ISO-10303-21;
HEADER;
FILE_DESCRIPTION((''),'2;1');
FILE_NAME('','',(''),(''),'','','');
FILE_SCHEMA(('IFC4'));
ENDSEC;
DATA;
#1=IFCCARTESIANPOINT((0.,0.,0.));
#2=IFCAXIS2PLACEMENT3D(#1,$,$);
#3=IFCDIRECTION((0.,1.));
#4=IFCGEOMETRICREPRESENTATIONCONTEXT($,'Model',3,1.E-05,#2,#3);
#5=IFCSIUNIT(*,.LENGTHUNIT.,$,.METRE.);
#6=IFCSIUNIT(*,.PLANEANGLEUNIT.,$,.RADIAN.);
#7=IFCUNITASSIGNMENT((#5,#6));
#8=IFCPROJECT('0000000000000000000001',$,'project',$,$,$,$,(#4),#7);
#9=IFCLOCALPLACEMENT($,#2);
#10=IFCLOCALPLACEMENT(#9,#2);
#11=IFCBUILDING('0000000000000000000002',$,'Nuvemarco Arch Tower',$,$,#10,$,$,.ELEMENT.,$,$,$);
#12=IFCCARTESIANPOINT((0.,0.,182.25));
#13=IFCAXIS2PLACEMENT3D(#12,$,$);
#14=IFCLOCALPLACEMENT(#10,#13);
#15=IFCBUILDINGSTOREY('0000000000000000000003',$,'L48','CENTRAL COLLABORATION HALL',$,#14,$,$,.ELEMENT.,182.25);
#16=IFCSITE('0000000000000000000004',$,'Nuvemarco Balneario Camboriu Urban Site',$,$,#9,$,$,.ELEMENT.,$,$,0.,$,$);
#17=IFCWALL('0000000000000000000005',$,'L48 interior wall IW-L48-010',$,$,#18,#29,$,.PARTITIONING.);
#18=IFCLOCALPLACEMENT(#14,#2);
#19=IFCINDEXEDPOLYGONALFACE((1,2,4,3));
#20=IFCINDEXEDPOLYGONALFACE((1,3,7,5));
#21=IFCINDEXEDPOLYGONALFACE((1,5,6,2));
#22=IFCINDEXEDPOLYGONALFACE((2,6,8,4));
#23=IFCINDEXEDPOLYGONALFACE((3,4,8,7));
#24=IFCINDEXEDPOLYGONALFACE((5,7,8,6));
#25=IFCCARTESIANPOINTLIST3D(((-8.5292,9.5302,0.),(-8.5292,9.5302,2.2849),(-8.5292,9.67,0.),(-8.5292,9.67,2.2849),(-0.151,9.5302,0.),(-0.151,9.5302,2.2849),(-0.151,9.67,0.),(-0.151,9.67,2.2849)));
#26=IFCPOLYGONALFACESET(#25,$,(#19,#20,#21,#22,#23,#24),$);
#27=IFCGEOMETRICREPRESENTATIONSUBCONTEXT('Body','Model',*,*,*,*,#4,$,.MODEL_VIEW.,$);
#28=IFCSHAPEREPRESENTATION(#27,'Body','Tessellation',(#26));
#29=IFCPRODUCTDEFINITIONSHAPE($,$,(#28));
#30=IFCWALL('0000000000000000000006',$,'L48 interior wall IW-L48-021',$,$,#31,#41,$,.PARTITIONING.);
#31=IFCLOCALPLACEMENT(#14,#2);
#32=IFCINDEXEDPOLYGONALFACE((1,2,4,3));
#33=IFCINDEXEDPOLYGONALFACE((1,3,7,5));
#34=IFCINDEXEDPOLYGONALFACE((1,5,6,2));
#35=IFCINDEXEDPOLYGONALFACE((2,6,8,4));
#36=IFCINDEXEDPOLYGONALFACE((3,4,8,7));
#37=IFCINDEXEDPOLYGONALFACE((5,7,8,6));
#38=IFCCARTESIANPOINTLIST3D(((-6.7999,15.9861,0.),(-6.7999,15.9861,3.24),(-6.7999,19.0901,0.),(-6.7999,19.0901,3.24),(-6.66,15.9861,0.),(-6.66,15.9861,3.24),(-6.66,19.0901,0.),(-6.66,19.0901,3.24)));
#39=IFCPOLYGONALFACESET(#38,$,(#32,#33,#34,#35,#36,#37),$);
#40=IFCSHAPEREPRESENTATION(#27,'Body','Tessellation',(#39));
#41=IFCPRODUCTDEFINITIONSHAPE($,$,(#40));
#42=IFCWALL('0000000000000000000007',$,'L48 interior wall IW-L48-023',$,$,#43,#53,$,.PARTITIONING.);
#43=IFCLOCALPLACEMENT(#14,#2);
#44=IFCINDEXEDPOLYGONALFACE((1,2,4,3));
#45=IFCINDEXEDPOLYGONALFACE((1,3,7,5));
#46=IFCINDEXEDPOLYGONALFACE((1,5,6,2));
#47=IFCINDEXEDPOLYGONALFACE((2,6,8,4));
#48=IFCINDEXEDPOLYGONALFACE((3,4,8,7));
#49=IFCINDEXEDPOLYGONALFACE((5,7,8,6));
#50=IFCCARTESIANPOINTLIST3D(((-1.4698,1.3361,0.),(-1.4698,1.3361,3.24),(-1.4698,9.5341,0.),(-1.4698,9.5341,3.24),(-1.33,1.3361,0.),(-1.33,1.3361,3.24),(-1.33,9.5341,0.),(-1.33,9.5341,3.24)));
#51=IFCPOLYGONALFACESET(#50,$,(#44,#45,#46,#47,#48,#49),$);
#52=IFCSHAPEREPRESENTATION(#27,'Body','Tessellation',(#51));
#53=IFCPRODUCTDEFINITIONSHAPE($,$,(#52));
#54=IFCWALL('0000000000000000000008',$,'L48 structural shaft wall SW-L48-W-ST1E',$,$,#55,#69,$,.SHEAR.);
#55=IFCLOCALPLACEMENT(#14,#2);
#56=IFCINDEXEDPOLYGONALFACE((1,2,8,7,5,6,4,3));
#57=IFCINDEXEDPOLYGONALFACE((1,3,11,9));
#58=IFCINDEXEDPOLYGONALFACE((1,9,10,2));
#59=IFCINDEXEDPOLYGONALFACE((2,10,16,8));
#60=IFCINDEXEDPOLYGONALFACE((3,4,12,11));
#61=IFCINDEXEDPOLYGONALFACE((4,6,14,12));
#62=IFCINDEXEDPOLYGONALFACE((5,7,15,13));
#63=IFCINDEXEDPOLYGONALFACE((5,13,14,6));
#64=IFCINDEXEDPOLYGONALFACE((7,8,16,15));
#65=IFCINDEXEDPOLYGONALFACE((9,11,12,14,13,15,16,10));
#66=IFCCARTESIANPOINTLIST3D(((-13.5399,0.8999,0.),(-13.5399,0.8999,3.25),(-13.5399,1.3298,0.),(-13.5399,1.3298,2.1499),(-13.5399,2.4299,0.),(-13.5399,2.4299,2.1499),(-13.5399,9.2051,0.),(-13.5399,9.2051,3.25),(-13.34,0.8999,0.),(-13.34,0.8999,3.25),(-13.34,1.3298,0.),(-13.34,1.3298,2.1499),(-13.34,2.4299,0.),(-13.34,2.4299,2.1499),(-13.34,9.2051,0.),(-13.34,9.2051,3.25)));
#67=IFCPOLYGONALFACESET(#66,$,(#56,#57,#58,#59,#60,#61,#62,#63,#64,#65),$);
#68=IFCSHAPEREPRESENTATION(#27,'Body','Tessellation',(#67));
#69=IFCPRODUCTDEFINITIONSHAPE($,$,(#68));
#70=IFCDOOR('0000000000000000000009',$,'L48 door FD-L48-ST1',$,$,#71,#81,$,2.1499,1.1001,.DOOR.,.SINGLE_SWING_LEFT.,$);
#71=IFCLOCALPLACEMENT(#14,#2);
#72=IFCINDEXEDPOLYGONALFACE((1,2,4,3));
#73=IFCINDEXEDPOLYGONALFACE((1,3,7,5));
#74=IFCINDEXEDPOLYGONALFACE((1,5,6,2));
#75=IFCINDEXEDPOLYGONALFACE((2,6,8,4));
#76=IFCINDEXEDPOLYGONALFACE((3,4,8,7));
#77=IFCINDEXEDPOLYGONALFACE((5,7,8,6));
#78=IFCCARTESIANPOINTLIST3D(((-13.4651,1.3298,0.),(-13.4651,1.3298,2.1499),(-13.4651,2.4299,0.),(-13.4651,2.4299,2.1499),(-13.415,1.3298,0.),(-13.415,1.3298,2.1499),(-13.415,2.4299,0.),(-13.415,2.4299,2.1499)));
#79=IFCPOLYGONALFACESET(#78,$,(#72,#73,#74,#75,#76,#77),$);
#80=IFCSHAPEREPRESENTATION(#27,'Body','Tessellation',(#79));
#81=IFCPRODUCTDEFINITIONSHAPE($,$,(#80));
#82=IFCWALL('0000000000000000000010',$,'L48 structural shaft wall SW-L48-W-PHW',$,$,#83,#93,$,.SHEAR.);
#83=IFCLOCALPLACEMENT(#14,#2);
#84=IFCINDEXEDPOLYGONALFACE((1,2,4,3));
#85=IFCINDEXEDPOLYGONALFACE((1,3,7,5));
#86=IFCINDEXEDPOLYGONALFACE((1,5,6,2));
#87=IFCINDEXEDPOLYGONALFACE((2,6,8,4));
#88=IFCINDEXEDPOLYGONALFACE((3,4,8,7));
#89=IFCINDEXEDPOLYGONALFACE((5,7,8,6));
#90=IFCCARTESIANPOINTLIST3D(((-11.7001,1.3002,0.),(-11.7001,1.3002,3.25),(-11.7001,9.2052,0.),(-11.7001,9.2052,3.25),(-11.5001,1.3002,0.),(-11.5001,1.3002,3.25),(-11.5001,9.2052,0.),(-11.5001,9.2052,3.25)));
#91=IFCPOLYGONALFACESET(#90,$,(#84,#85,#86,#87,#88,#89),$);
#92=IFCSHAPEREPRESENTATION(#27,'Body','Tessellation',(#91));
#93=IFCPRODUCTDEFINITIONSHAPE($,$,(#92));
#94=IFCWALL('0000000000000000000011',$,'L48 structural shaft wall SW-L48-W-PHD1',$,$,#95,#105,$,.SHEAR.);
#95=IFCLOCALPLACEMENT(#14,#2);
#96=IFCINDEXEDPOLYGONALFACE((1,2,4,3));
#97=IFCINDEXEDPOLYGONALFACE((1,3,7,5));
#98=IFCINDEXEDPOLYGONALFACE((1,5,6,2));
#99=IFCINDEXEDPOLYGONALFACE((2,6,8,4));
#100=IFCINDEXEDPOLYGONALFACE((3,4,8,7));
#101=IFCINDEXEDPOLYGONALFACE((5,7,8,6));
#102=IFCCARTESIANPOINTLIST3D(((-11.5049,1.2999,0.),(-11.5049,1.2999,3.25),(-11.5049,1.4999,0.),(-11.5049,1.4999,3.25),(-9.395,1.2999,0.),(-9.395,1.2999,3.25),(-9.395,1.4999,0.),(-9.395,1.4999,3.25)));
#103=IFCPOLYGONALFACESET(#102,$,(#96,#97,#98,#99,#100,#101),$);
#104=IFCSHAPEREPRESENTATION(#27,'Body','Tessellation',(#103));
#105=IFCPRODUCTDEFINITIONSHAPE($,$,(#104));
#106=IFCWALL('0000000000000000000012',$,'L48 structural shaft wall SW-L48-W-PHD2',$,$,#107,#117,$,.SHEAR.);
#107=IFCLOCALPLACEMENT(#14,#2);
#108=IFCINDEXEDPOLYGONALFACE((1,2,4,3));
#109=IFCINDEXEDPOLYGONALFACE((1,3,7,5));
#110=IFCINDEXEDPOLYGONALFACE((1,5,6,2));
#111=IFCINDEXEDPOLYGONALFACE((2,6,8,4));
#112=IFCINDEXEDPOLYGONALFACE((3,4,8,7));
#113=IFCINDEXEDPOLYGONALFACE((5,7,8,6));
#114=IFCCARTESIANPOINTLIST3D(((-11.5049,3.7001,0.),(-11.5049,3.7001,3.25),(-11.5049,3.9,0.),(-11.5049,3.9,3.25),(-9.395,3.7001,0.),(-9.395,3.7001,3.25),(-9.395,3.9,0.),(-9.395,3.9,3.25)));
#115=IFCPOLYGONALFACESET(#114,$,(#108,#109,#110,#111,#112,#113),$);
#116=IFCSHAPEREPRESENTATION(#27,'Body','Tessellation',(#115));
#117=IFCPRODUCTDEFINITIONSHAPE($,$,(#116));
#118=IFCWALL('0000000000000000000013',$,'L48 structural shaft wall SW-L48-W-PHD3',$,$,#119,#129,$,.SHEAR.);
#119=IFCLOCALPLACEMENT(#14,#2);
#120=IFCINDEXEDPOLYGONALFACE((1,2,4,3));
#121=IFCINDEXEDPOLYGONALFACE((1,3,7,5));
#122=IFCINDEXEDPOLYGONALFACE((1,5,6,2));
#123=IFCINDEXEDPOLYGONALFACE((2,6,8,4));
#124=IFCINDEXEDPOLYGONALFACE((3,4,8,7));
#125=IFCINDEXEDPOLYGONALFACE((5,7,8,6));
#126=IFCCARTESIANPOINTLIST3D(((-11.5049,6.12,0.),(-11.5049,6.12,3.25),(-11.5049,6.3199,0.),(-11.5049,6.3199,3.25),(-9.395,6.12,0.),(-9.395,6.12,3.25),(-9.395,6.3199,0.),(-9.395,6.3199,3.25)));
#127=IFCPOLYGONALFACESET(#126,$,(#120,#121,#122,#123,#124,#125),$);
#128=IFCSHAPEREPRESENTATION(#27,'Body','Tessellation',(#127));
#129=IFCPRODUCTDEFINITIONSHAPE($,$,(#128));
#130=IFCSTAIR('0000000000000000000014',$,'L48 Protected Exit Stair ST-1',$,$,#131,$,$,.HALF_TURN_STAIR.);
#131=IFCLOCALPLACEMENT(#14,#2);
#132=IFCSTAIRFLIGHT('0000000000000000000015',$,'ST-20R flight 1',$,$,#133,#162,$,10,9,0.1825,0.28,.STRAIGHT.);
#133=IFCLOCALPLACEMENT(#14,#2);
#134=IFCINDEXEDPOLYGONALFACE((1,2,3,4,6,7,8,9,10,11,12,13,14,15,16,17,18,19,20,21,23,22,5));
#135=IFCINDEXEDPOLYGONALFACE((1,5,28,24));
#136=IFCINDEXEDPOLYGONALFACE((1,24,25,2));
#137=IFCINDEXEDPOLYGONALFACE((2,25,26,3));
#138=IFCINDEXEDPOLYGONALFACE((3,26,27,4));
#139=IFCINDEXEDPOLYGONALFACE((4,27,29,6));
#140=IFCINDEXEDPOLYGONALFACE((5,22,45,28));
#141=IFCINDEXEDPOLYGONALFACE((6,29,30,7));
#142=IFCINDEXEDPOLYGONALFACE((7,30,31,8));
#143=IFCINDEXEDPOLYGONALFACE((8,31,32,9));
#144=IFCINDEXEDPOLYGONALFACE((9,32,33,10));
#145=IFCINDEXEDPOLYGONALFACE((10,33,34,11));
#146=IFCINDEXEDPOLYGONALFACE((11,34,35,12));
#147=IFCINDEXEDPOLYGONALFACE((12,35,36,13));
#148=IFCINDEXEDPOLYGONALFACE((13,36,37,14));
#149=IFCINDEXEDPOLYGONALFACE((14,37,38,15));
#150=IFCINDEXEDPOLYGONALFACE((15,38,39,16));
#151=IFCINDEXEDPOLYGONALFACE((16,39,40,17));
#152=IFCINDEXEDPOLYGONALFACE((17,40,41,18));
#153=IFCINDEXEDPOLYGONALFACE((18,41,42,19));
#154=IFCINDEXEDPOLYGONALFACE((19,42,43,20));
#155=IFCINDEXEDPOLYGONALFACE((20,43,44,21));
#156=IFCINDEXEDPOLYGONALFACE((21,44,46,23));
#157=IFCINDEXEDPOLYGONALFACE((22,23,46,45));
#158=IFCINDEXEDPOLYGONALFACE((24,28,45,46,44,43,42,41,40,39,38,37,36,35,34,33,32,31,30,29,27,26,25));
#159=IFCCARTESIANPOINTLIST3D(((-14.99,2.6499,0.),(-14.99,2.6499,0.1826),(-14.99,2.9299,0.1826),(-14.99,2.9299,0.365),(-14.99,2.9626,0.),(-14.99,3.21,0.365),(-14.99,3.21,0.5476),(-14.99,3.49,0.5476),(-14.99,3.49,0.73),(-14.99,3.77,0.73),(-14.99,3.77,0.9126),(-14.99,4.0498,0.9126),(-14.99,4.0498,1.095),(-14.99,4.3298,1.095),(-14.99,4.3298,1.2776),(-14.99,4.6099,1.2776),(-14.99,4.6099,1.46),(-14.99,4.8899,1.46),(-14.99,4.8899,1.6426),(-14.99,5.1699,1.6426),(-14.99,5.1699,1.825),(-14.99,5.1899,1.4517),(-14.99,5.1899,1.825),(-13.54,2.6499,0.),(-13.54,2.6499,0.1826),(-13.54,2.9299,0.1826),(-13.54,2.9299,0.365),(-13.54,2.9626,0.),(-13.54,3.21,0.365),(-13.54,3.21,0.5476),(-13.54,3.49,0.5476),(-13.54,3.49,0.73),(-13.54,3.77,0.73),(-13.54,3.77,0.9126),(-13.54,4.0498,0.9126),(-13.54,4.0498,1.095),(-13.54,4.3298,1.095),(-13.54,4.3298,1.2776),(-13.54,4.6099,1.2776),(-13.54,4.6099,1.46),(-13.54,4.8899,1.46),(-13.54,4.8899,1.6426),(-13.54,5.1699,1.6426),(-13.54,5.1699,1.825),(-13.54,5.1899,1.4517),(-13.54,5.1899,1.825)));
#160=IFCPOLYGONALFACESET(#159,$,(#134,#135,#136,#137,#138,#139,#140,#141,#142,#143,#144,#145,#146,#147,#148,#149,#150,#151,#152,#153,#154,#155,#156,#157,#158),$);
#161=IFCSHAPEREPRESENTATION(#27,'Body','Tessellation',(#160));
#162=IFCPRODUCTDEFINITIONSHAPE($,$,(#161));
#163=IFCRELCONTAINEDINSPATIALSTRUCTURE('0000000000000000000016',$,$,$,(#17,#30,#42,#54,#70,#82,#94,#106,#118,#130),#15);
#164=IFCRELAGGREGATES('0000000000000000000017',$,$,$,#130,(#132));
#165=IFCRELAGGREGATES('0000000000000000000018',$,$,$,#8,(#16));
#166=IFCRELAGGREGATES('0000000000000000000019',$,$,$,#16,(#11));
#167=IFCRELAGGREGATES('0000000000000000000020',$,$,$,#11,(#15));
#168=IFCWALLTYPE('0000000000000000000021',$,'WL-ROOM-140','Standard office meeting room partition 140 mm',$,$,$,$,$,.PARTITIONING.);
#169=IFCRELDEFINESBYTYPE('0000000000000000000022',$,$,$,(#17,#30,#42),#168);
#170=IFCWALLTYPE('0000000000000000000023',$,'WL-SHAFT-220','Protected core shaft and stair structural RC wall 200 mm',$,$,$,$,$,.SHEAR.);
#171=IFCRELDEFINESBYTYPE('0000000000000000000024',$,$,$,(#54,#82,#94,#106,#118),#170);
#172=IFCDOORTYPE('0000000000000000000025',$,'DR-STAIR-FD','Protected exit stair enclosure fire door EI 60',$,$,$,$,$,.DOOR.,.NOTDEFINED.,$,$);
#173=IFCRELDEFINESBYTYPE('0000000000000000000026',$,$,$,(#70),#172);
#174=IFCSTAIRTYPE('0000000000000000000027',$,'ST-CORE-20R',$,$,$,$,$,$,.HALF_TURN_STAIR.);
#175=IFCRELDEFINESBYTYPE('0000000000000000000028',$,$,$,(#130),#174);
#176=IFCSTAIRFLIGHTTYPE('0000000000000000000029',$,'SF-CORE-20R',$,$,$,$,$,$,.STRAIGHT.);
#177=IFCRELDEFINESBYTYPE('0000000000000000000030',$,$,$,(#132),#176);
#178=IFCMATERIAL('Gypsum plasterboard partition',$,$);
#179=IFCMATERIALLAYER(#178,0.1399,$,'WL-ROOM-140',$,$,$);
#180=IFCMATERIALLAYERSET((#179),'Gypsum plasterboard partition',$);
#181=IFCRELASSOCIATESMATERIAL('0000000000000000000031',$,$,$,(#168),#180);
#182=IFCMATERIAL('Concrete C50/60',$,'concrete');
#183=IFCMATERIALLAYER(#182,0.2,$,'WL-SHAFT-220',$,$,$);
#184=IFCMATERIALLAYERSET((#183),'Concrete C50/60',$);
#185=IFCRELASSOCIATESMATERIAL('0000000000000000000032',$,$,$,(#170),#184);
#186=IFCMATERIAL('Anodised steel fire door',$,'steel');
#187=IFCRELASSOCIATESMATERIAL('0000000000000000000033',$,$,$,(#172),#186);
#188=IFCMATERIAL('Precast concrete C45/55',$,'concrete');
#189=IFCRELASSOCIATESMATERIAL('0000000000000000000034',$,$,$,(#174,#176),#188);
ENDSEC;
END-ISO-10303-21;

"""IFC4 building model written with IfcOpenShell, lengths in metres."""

from ifc_helpers import new_model, si_unit, direction, frame, frame_2d, origin, place, context, subcontext, project, spatial, polyline, rectangle, outline, extrude, source, transform, mapped, material, layer, layer_set, type_object, type_shapes, element, fill, aggregate, save


model = new_model("IFC4")

# Units and contexts
model_context = context("Model", 3, precision=1e-05, world=origin(), true_north=direction((0.0, 1.0)))
body_context = subcontext(model_context, "Body", "Model", "MODEL_VIEW")
ifc_project = project(units=[si_unit("LENGTHUNIT", "METRE"), si_unit("PLANEANGLEUNIT", "RADIAN")], contexts=[model_context])

# Site, building, storey
site_placement = place(None, origin())
site = spatial("IfcSite", under=ifc_project, at=site_placement, Name="Nuvemarco Balneario Camboriu Urban Site", CompositionType="ELEMENT", RefElevation=0.0)
building_placement = place(site_placement, origin())
building = spatial("IfcBuilding", under=site, at=building_placement, Name="Nuvemarco Arch Tower", CompositionType="ELEMENT")
storey_placement = place(building_placement, frame((0.0, 0.0, 182.25)))
storey = spatial("IfcBuildingStorey", under=building, at=storey_placement, Name="L48", Description="CENTRAL COLLABORATION HALL", CompositionType="ELEMENT", Elevation=182.25)

# Shared definitions
ifc_material_1 = material(Name="Concrete C50/60", Category="concrete")

# Shared definitions
ifc_material_2 = material(Name="Precast concrete C45/55", Category="concrete")

# Walls
ifc_material_3 = material(Name="Gypsum plasterboard partition")
ifc_layer_1 = layer(ifc_material_3, 0.1399, Name="WL-ROOM-140")
ifc_layer_set_1 = layer_set([ifc_layer_1], Name="Gypsum plasterboard partition")
wall_type_1 = type_object("IfcWallType", Name="WL-ROOM-140", Description="Standard office meeting room partition 140 mm", PredefinedType="PARTITIONING", material=ifc_layer_set_1)
wall_1_placement = place(storey_placement, frame((-8.5291, 9.6001, 0.0), z_axis=(0.0, 0.0, 1.0), x_axis=(1.0, 0.0, 0.0)))
element("IfcWall", 1, at=wall_1_placement, inside=storey, type_object=wall_type_1, Name="L48 interior wall IW-L48-010", PredefinedType="PARTITIONING", context=body_context, shape_type="SweptSolid", body=[
    extrude(rectangle(XDim=8.3782, YDim=0.1399, at=frame_2d((4.189, 0.0))), origin(), (0.0, 0.0, 1.0), 2.2849),
])
wall_2_placement = place(storey_placement, frame((-6.73, 15.9861, 0.0), z_axis=(0.0, 0.0, 1.0), x_axis=(0.0, 1.0, 0.0)))
element("IfcWall", 2, at=wall_2_placement, inside=storey, type_object=wall_type_1, Name="L48 interior wall IW-L48-021", PredefinedType="PARTITIONING", context=body_context, shape_type="SweptSolid", body=[
    extrude(rectangle(XDim=3.104, YDim=0.1399, at=frame_2d((1.552, 0.0))), origin(), (0.0, 0.0, 1.0), 3.24),
])
wall_3_placement = place(storey_placement, frame((-1.3999, 1.3359, 0.0), z_axis=(0.0, 0.0, 1.0), x_axis=(0.0, 1.0, 0.0)))
element("IfcWall", 3, at=wall_3_placement, inside=storey, type_object=wall_type_1, Name="L48 interior wall IW-L48-023", PredefinedType="PARTITIONING", context=body_context, shape_type="SweptSolid", body=[
    extrude(rectangle(XDim=8.198, YDim=0.1399, at=frame_2d((4.0991, 0.0))), origin(), (0.0, 0.0, 1.0), 3.24),
])

# Wall, opening, door
ifc_layer_2 = layer(ifc_material_1, 0.2, Name="WL-SHAFT-220")
ifc_layer_set_2 = layer_set([ifc_layer_2], Name="Concrete C50/60")
wall_type_2 = type_object("IfcWallType", Name="WL-SHAFT-220", Description="Protected core shaft and stair structural RC wall 200 mm", PredefinedType="SHEAR", material=ifc_layer_set_2)
wall_4_placement = place(storey_placement, frame((-13.4399, 0.8999, 0.0), z_axis=(0.0, 0.0, 1.0), x_axis=(0.0, 1.0, 0.0)))
wall_4 = element("IfcWall", 4, at=wall_4_placement, inside=storey, type_object=wall_type_2, Name="L48 structural shaft wall SW-L48-W-ST1E", PredefinedType="SHEAR", context=body_context, shape_type="SweptSolid", body=[
    extrude(rectangle(XDim=8.3052, YDim=0.2, at=frame_2d((4.1526, 0.0))), origin(), (0.0, 0.0, 1.0), 3.25),
])
opening_1_placement = place(wall_4_placement, frame((1.53, 0.0, 0.0), z_axis=(0.0, 0.0, 1.0), x_axis=(-1.0, 0.0, 0.0)))
opening_1 = element("IfcOpeningElement", 5, at=opening_1_placement, cuts=wall_4, PredefinedType="OPENING", context=body_context, shape_type="SweptSolid", body=[
    extrude(rectangle(XDim=1.1001, YDim=2.1499, at=frame_2d((0.55, 1.075))), frame((0.0, 0.1099, 0.0), z_axis=(0.0, -1.0, 0.0), x_axis=(1.0, 0.0, 0.0)), (0.0, 0.0, 1.0), 0.22),
])
ifc_material_4 = material(Name="Anodised steel fire door", Category="steel")
door_type_1 = type_object("IfcDoorType", Name="DR-STAIR-FD", Description="Protected exit stair enclosure fire door EI 60", OperationType="NOTDEFINED", PredefinedType="DOOR", material=ifc_material_4)
shared_shape_1 = source(origin(), body_context, "Body", "SweptSolid", [
    extrude(rectangle(XDim=1.1001, YDim=2.1499, at=frame_2d((0.55, 1.075))), frame((0.0, 0.0249, 0.0), z_axis=(0.0, -1.0, 0.0), x_axis=(1.0, 0.0, 0.0)), (0.0, 0.0, 1.0), 0.05),
])
type_shapes(door_type_1, [shared_shape_1])
door_1_placement = place(opening_1_placement, origin())
door_1 = element("IfcDoor", 6, at=door_1_placement, inside=storey, type_object=door_type_1, Name="L48 door FD-L48-ST1", OperationType="SINGLE_SWING_LEFT", OverallHeight=2.1499, OverallWidth=1.1001, PredefinedType="DOOR", context=body_context, shape_type="MappedRepresentation", body=[
    mapped(shared_shape_1, transform((0.0, 0.0, 0.0), scale=1.0)),
])
fill(opening_1, door_1)

# Walls
wall_5_placement = place(storey_placement, frame((-11.6001, 1.3, 0.0), z_axis=(0.0, 0.0, 1.0), x_axis=(0.0, 1.0, 0.0)))
element("IfcWall", 7, at=wall_5_placement, inside=storey, type_object=wall_type_2, Name="L48 structural shaft wall SW-L48-W-PHW", PredefinedType="SHEAR", context=body_context, shape_type="SweptSolid", body=[
    extrude(rectangle(XDim=7.905, YDim=0.2, at=frame_2d((3.9526, 0.0))), origin(), (0.0, 0.0, 1.0), 3.25),
])
for number, where, z_axis, x_axis, name in (
    (8, (-11.5049, 1.3999, 0.0), (0.0, 0.0, 1.0), (1.0, 0.0, 0.0), "L48 structural shaft wall SW-L48-W-PHD1"),
    (9, (-11.5049, 3.8, 0.0), (0.0, 0.0, 1.0), (1.0, 0.0, 0.0), "L48 structural shaft wall SW-L48-W-PHD2"),
    (10, (-11.5049, 6.22, 0.0), (0.0, 0.0, 1.0), (1.0, 0.0, 0.0), "L48 structural shaft wall SW-L48-W-PHD3"),
):
    element("IfcWall", number, at=place(storey_placement, frame(where, z_axis=z_axis, x_axis=x_axis)), inside=storey, type_object=wall_type_2, Name=name, PredefinedType="SHEAR", context=body_context, shape_type="SweptSolid", body=[
        extrude(rectangle(XDim=2.1099, YDim=0.2, at=frame_2d((1.0549, 0.0))), origin(), (0.0, 0.0, 1.0), 3.25),
    ])

# Stair, stair flight
stair_type = type_object("IfcStairType", Name="ST-CORE-20R", PredefinedType="HALF_TURN_STAIR", material=ifc_material_2)
stair_placement = place(storey_placement, origin())
stair = element("IfcStair", 11, at=stair_placement, inside=storey, type_object=stair_type, Name="L48 Protected Exit Stair ST-1", PredefinedType="HALF_TURN_STAIR")
stair_flight_type = type_object("IfcStairFlightType", Name="SF-CORE-20R", PredefinedType="STRAIGHT", material=ifc_material_2)
stair_flight_1_placement = place(storey_placement, frame((-14.2649, 2.6499, 0.0), z_axis=(0.0, 0.0, 1.0), x_axis=(0.0, 1.0, 0.0)))
stair_flight_1 = element("IfcStairFlight", 12, at=stair_flight_1_placement, type_object=stair_flight_type, Name="ST-20R flight 1", NumberOfRisers=10, NumberOfTreads=9, PredefinedType="STRAIGHT", RiserHeight=0.1825, TreadLength=0.28, context=body_context, shape_type="SweptSolid", body=[
    extrude(outline(polyline([(0.0, 0.0), (0.0, 0.1826), (0.28, 0.1826), (0.28, 0.365), (0.5601, 0.365), (0.5601, 0.5476), (0.8401, 0.5476), (0.8401, 0.73), (1.1201, 0.73), (1.1201, 0.9126), (1.3999, 0.9126), (1.3999, 1.095), (1.6799, 1.095), (1.6799, 1.2776), (1.96, 1.2776), (1.96, 1.46), (2.24, 1.46), (2.24, 1.6426), (2.52, 1.6426), (2.52, 1.825), (2.54, 1.825), (2.54, 1.4517), (0.3127, 0.0), (0.0, 0.0)])), frame((0.0, 0.7251, 0.0), z_axis=(0.0, -1.0, 0.0), x_axis=(1.0, 0.0, 0.0)), (0.0, 0.0, 1.0), 1.45),
])
aggregate(stair, [stair_flight_1])

save(model, "model.ifc")
